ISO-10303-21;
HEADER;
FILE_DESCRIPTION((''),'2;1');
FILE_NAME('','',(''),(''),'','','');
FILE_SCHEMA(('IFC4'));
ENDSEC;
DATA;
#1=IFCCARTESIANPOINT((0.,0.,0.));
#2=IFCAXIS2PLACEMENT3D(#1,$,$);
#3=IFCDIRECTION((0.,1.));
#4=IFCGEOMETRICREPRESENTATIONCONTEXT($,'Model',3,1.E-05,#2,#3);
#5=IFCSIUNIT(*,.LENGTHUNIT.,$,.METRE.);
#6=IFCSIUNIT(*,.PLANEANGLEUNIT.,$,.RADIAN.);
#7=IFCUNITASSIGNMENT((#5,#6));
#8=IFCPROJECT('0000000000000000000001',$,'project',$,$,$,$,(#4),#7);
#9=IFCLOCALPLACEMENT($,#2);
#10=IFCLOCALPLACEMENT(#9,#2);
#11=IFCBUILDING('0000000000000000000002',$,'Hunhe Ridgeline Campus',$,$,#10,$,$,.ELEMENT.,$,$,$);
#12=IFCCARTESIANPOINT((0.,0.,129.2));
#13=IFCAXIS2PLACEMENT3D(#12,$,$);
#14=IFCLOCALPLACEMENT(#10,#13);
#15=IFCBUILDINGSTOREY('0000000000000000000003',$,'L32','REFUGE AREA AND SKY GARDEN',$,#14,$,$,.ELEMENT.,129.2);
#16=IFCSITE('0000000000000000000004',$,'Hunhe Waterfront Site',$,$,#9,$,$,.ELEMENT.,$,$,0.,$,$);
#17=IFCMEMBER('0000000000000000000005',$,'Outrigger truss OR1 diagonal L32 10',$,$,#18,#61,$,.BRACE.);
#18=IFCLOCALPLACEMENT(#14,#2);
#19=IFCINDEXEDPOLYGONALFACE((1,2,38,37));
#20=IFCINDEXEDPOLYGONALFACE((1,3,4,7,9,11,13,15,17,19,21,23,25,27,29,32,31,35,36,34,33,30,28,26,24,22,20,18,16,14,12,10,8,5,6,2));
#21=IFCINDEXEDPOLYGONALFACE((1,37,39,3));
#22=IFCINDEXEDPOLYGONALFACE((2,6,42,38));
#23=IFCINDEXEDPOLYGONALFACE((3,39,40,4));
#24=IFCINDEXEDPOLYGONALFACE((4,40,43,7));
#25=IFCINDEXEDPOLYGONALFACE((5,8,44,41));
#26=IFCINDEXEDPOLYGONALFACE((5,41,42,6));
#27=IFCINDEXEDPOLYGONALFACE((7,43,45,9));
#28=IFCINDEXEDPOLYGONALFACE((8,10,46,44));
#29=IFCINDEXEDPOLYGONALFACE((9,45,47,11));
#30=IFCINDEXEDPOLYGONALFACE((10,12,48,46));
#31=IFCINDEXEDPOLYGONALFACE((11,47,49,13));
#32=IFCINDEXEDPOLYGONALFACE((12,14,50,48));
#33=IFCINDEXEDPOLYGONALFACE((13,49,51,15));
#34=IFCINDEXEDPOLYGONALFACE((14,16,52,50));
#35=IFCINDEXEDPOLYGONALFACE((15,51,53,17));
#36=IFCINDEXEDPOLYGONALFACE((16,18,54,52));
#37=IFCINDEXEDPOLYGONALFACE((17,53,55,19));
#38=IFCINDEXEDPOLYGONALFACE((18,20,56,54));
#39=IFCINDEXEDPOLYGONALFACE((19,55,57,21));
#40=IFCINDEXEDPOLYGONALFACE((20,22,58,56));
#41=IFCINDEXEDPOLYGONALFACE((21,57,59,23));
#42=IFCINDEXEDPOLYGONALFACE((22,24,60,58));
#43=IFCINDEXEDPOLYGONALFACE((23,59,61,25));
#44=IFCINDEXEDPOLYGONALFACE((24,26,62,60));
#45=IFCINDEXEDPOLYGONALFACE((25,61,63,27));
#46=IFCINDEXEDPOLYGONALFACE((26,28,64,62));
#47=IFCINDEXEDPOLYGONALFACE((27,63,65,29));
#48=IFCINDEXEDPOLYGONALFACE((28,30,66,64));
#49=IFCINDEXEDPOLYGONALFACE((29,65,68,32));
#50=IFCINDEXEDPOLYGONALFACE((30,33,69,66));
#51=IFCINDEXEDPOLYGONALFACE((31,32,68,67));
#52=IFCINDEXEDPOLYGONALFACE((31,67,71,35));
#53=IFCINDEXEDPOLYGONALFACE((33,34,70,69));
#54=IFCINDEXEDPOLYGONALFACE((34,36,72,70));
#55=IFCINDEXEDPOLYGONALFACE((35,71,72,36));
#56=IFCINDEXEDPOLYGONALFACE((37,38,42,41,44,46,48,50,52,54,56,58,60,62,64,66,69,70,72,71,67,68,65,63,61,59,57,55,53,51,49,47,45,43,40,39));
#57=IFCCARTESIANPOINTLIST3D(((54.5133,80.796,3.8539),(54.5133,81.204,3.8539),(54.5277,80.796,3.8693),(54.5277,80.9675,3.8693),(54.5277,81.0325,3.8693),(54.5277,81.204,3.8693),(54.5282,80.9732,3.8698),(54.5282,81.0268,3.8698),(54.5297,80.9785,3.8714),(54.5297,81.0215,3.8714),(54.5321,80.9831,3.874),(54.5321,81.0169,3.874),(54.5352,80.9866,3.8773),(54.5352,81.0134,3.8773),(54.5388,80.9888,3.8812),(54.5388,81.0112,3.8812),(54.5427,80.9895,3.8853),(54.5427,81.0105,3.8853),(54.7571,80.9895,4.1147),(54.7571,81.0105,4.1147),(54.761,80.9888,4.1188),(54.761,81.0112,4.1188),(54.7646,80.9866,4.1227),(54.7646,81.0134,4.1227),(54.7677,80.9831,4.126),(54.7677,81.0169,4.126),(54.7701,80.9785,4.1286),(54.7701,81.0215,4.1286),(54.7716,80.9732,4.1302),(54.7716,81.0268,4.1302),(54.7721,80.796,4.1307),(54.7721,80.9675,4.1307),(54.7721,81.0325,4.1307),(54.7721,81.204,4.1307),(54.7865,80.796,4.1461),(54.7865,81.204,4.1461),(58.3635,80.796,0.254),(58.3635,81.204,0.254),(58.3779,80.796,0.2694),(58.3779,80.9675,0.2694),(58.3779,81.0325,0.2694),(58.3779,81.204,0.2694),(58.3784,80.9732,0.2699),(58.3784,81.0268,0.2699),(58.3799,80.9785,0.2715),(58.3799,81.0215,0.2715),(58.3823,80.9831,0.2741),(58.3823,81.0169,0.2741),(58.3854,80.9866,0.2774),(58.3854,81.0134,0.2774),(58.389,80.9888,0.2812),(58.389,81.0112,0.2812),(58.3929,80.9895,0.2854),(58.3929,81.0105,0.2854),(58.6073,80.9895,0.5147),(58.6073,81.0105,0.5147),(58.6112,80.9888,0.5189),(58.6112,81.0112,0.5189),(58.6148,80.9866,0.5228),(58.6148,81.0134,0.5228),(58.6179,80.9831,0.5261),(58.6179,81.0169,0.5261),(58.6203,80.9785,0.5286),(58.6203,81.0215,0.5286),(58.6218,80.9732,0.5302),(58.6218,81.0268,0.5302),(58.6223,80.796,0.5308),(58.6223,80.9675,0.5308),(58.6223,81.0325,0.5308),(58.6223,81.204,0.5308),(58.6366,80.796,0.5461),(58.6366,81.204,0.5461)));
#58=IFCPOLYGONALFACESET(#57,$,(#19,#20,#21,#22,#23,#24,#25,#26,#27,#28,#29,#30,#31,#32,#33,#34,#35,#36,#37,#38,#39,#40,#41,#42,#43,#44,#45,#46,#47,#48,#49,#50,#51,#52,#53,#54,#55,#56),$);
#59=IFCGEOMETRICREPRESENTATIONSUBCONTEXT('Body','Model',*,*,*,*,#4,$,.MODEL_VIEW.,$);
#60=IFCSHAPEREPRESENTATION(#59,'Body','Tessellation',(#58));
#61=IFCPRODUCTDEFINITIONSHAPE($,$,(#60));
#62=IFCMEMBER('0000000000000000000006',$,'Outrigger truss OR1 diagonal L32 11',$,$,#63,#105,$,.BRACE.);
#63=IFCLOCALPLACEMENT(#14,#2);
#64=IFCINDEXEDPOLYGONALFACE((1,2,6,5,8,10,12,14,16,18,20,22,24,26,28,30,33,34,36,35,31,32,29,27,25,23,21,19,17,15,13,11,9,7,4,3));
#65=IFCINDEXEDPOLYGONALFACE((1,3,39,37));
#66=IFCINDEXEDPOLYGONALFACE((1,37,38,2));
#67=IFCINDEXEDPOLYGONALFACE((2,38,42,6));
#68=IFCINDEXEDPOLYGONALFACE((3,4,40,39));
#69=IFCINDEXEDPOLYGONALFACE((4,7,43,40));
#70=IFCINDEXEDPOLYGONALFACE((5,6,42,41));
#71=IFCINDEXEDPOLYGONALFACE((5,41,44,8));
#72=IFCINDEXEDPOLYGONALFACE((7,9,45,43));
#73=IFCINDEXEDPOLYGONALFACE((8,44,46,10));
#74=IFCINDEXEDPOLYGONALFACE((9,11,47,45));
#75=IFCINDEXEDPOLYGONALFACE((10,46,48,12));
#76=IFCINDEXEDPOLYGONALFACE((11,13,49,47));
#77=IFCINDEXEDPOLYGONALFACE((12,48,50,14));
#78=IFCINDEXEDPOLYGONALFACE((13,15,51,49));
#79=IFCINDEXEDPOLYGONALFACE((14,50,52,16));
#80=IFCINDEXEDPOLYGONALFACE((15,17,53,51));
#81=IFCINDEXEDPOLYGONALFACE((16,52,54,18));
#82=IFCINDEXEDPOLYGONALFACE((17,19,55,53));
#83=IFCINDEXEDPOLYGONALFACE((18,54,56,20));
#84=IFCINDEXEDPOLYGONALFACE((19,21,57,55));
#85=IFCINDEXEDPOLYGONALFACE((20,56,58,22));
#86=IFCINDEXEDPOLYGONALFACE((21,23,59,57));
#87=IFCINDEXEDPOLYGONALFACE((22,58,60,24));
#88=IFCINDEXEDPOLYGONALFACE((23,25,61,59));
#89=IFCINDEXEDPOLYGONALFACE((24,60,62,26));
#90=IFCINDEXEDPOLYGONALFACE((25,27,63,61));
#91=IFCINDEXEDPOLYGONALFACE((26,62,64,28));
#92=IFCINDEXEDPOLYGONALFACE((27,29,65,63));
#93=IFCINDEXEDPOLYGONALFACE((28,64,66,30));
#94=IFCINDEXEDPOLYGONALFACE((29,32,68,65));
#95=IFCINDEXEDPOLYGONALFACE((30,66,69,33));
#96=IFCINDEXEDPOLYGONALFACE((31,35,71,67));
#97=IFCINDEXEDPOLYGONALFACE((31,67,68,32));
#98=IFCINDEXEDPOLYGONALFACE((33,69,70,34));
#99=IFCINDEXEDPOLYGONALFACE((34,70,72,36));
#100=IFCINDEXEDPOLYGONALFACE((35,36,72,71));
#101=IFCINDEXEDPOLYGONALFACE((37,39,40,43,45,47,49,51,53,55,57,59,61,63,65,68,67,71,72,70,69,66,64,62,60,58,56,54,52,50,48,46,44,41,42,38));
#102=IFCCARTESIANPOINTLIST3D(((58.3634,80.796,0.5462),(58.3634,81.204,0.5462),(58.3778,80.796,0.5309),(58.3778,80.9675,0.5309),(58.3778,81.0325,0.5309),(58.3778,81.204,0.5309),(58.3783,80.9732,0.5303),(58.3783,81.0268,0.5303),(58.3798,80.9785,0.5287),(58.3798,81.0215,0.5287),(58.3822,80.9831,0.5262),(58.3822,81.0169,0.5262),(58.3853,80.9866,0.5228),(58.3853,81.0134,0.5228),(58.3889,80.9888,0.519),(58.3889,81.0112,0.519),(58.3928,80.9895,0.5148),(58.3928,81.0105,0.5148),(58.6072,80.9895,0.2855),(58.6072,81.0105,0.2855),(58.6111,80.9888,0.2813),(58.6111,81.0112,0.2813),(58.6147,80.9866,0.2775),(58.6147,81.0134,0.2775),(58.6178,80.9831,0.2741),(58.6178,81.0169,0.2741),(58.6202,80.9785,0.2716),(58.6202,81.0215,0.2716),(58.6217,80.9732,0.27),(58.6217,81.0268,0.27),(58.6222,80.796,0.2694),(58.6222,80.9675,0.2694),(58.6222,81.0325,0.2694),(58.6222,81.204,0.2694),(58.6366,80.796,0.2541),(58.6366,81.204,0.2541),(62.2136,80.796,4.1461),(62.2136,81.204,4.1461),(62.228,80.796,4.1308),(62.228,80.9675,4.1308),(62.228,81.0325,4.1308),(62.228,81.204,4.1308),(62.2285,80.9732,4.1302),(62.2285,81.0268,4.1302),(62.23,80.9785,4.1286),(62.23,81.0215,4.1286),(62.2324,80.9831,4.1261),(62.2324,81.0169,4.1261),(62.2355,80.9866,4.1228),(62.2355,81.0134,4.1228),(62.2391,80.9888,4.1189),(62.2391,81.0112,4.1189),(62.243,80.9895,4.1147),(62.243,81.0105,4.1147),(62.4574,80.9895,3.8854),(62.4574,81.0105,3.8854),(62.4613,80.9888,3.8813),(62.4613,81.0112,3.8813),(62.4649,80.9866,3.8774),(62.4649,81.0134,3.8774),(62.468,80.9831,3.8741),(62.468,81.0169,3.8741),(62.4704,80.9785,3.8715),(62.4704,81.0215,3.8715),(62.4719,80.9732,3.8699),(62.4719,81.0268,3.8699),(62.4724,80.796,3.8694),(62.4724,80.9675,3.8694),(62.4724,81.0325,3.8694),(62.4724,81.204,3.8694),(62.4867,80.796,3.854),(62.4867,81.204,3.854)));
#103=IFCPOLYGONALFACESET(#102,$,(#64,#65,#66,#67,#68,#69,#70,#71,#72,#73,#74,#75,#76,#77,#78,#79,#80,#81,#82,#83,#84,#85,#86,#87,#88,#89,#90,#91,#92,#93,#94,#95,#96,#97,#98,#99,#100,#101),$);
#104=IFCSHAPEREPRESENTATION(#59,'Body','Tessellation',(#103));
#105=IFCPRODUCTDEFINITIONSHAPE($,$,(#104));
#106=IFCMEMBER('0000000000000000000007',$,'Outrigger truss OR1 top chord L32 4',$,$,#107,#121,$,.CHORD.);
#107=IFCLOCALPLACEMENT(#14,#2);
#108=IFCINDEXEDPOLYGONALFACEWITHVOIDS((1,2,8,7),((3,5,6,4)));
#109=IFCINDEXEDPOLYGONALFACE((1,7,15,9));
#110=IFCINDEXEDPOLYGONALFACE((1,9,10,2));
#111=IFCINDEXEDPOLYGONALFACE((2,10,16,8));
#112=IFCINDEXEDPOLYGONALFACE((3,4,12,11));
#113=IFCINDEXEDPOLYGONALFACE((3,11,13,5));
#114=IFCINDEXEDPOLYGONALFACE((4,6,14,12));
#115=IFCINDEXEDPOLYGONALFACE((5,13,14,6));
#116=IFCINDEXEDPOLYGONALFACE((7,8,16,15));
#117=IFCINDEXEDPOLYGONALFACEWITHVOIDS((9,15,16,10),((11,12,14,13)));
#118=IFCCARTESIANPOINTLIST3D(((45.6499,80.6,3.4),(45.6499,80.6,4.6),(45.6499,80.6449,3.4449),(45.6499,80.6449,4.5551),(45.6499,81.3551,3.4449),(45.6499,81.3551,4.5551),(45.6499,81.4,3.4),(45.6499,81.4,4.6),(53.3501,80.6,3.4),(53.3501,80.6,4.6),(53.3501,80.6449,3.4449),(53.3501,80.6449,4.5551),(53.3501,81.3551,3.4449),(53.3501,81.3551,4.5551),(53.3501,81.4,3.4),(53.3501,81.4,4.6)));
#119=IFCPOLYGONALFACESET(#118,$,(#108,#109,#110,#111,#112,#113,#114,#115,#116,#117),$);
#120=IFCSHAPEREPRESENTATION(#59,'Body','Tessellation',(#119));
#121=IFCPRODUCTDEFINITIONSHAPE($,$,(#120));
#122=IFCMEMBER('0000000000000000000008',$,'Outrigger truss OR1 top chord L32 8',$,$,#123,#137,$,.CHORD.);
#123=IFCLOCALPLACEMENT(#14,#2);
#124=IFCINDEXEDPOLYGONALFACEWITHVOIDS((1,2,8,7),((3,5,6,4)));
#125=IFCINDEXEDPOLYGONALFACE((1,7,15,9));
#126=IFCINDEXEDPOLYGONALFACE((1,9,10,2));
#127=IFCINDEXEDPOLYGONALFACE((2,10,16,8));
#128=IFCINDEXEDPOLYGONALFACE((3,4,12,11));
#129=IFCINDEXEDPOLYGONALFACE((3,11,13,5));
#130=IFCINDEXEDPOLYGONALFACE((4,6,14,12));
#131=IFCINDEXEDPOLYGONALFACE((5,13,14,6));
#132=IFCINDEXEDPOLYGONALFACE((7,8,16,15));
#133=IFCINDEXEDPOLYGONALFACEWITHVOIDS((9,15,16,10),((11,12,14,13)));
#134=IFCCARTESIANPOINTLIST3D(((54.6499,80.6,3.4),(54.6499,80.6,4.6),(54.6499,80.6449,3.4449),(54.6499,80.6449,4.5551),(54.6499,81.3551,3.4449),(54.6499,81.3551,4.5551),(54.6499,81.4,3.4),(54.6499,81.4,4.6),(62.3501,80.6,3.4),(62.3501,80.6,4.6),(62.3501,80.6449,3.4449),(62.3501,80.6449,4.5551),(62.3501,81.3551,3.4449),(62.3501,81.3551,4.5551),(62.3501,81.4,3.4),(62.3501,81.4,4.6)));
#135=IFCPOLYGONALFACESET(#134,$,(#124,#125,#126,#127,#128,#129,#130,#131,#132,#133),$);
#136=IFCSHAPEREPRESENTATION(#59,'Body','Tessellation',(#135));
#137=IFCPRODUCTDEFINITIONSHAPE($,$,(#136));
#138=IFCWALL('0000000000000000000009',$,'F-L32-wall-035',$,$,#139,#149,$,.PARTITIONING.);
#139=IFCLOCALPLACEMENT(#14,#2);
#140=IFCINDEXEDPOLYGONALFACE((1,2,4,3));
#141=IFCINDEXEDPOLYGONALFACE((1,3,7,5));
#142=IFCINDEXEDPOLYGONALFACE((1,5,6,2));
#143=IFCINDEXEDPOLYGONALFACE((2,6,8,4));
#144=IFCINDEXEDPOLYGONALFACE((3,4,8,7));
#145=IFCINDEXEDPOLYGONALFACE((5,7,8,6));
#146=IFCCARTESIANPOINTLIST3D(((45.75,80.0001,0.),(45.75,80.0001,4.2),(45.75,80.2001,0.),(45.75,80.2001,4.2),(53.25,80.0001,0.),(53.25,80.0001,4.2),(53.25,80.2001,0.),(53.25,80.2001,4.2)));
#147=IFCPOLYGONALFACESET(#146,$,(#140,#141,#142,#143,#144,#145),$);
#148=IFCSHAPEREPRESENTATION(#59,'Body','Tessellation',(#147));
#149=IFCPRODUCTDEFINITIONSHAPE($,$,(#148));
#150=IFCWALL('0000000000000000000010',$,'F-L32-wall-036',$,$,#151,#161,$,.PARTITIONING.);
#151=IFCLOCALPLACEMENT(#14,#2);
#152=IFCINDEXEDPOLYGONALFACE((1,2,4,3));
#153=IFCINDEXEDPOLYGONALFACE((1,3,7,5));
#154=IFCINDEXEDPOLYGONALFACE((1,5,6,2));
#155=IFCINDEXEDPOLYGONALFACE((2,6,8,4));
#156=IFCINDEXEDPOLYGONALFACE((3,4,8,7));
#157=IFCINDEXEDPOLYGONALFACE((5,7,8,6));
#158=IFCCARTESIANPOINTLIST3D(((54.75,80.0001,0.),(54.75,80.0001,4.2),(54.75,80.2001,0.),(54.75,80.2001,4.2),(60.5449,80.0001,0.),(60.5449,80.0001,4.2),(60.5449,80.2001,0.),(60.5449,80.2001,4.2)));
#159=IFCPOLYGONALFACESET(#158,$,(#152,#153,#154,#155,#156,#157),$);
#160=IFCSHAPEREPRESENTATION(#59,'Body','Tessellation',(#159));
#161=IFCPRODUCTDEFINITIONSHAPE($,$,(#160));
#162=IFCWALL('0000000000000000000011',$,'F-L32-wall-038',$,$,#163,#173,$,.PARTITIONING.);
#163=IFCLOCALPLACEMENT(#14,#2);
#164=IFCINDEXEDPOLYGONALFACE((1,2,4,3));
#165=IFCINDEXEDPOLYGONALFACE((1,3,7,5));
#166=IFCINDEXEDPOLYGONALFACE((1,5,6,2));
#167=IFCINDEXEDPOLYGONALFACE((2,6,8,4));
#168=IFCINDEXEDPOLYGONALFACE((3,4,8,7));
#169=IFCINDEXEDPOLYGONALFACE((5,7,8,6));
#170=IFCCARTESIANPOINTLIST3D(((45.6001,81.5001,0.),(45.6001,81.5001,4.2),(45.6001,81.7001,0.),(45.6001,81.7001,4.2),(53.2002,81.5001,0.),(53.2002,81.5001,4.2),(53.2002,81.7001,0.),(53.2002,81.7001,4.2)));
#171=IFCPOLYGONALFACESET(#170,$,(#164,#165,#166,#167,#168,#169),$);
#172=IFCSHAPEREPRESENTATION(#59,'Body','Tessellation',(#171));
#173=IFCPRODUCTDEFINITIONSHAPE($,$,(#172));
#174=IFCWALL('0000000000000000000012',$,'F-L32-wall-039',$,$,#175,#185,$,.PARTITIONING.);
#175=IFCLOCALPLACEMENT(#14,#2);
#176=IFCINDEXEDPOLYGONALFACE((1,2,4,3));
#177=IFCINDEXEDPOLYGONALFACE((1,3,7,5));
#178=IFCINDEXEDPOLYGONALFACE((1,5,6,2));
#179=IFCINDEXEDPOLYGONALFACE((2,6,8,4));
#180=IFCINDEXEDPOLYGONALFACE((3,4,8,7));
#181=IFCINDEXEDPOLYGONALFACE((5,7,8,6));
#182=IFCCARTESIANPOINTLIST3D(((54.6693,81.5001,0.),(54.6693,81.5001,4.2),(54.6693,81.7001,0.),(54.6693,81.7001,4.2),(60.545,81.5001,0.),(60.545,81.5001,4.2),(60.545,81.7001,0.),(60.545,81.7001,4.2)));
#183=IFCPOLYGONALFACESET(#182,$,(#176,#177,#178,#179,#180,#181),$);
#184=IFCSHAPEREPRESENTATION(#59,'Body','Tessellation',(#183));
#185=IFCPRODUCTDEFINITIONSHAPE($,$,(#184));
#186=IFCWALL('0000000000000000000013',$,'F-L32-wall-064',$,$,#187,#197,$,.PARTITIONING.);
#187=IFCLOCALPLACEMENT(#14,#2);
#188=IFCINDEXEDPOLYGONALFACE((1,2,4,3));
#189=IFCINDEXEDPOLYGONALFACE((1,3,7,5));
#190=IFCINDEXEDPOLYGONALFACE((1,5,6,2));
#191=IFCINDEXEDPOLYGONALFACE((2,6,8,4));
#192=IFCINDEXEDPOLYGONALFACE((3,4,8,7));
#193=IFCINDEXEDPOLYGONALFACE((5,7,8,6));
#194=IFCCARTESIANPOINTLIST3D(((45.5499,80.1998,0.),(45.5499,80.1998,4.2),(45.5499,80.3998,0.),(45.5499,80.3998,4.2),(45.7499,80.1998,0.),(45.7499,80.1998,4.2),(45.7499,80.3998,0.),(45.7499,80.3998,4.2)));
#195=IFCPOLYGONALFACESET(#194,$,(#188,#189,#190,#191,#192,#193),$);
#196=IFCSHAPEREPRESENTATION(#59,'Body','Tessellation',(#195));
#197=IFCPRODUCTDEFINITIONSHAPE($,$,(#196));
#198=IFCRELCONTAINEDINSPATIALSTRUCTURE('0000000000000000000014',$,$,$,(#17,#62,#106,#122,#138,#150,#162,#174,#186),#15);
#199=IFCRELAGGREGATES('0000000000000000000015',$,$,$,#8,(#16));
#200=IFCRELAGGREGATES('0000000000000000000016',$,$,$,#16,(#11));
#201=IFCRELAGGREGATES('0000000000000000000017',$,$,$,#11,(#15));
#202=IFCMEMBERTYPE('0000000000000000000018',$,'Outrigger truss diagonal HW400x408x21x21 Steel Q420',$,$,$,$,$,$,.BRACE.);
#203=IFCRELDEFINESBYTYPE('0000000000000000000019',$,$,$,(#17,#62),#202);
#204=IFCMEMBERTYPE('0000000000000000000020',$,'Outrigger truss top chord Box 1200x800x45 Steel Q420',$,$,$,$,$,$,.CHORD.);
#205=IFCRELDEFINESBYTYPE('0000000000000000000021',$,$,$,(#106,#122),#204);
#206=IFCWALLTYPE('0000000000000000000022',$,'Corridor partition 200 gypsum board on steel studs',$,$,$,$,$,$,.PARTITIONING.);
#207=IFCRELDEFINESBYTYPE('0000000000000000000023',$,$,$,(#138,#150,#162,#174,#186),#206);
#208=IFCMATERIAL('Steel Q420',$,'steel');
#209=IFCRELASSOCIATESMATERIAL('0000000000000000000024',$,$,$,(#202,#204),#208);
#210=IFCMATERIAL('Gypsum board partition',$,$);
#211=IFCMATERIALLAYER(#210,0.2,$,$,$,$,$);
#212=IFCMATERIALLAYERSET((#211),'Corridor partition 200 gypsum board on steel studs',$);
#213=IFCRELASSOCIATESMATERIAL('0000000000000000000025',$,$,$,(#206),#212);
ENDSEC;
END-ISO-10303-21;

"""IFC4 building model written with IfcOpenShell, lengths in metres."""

from ifc_helpers import new_model, si_unit, direction, frame, frame_2d, origin, origin_2d, place, context, subcontext, project, spatial, rectangle, hollow_rectangle, i_section, extrude, material, layer, layer_set, material_profile, profile_set, type_object, element, save


model = new_model("IFC4")

# Units and contexts
model_context = context("Model", 3, precision=1e-05, world=origin(), true_north=direction((0.0, 1.0)))
body_context = subcontext(model_context, "Body", "Model", "MODEL_VIEW")
ifc_project = project(units=[si_unit("LENGTHUNIT", "METRE"), si_unit("PLANEANGLEUNIT", "RADIAN")], contexts=[model_context])

# Site, building, storey
site_placement = place(None, origin())
site = spatial("IfcSite", under=ifc_project, at=site_placement, Name="Hunhe Waterfront Site", CompositionType="ELEMENT", RefElevation=0.0)
building_placement = place(site_placement, origin())
building = spatial("IfcBuilding", under=site, at=building_placement, Name="Hunhe Ridgeline Campus", CompositionType="ELEMENT")
storey_placement = place(building_placement, frame((0.0, 0.0, 129.2)))
storey = spatial("IfcBuildingStorey", under=building, at=storey_placement, Name="L32", Description="REFUGE AREA AND SKY GARDEN", CompositionType="ELEMENT", Elevation=129.2)

# Members
ifc_material_1 = material(Name="Steel Q420", Category="steel")
ifc_material_profile_1 = material_profile(ifc_material_1, i_section(OverallWidth=0.408, OverallDepth=0.3999, WebThickness=0.021, FlangeThickness=0.021, FilletRadius=0.022, at=origin_2d()))
ifc_profile_set_1 = profile_set([ifc_material_profile_1], Name="Steel Q420")
member_type_1 = type_object("IfcMemberType", Name="Outrigger truss diagonal HW400x408x21x21 Steel Q420", PredefinedType="BRACE", material=ifc_profile_set_1)
for number, where, z_axis, x_axis, name in (
    (1, (54.6499, 81.0, 4.0), (0.730447, 0.0, -0.68297), (0.0, 1.0, 0.0), "Outrigger truss OR1 diagonal L32 10"),
    (2, (58.5, 81.0, 0.4001), (0.730447, 0.0, 0.68297), (0.0, 1.0, 0.0), "Outrigger truss OR1 diagonal L32 11"),
):
    element("IfcMember", number, at=place(storey_placement, frame(where, z_axis=z_axis, x_axis=x_axis)), inside=storey, type_object=member_type_1, Name=name, PredefinedType="BRACE", context=body_context, shape_type="SweptSolid", body=[
        extrude(i_section(OverallWidth=0.408, OverallDepth=0.3999, WebThickness=0.021, FlangeThickness=0.021, FilletRadius=0.022, at=origin_2d()), origin(), (0.0, 0.0, 1.0), 5.271),
    ])
ifc_material_profile_2 = material_profile(ifc_material_1, hollow_rectangle(XDim=0.8, YDim=1.2, WallThickness=0.0449, at=origin_2d()))
ifc_profile_set_2 = profile_set([ifc_material_profile_2], Name="Steel Q420")
member_type_2 = type_object("IfcMemberType", Name="Outrigger truss top chord Box 1200x800x45 Steel Q420", PredefinedType="CHORD", material=ifc_profile_set_2)
for number, where, z_axis, x_axis, name in (
    (3, (45.6499, 81.0, 4.0), (1.0, 0.0, 0.0), (0.0, 1.0, 0.0), "Outrigger truss OR1 top chord L32 4"),
    (4, (54.6499, 81.0, 4.0), (1.0, 0.0, 0.0), (0.0, 1.0, 0.0), "Outrigger truss OR1 top chord L32 8"),
):
    element("IfcMember", number, at=place(storey_placement, frame(where, z_axis=z_axis, x_axis=x_axis)), inside=storey, type_object=member_type_2, Name=name, PredefinedType="CHORD", context=body_context, shape_type="SweptSolid", body=[
        extrude(hollow_rectangle(XDim=0.8, YDim=1.2, WallThickness=0.0449, at=origin_2d()), origin(), (0.0, 0.0, 1.0), 7.7002),
    ])

# Walls
ifc_material_2 = material(Name="Gypsum board partition")
ifc_layer_1 = layer(ifc_material_2, 0.2)
ifc_layer_set_1 = layer_set([ifc_layer_1], Name="Corridor partition 200 gypsum board on steel studs")
wall_type_1 = type_object("IfcWallType", Name="Corridor partition 200 gypsum board on steel studs", PredefinedType="PARTITIONING", material=ifc_layer_set_1)
wall_1_placement = place(storey_placement, frame((45.75, 80.1001, 0.0), z_axis=(0.0, 0.0, 1.0), x_axis=(1.0, 0.0, 0.0)))
element("IfcWall", 5, at=wall_1_placement, inside=storey, type_object=wall_type_1, Name="F-L32-wall-035", PredefinedType="PARTITIONING", context=body_context, shape_type="SweptSolid", body=[
    extrude(rectangle(XDim=7.5, YDim=0.2, at=frame_2d((3.75, 0.0))), origin(), (0.0, 0.0, 1.0), 4.2),
])
wall_2_placement = place(storey_placement, frame((54.75, 80.1001, 0.0), z_axis=(0.0, 0.0, 1.0), x_axis=(1.0, 0.0, 0.0)))
element("IfcWall", 6, at=wall_2_placement, inside=storey, type_object=wall_type_1, Name="F-L32-wall-036", PredefinedType="PARTITIONING", context=body_context, shape_type="SweptSolid", body=[
    extrude(rectangle(XDim=5.7949, YDim=0.2, at=frame_2d((2.8975, 0.0))), origin(), (0.0, 0.0, 1.0), 4.2),
])
wall_3_placement = place(storey_placement, frame((45.6001, 81.6001, 0.0), z_axis=(0.0, 0.0, 1.0), x_axis=(1.0, 0.0, 0.0)))
element("IfcWall", 7, at=wall_3_placement, inside=storey, type_object=wall_type_1, Name="F-L32-wall-038", PredefinedType="PARTITIONING", context=body_context, shape_type="SweptSolid", body=[
    extrude(rectangle(XDim=7.6001, YDim=0.2, at=frame_2d((3.8, 0.0))), origin(), (0.0, 0.0, 1.0), 4.2),
])
wall_4_placement = place(storey_placement, frame((54.6692, 81.6001, 0.0), z_axis=(0.0, 0.0, 1.0), x_axis=(1.0, 0.0, 0.0)))
element("IfcWall", 8, at=wall_4_placement, inside=storey, type_object=wall_type_1, Name="F-L32-wall-039", PredefinedType="PARTITIONING", context=body_context, shape_type="SweptSolid", body=[
    extrude(rectangle(XDim=5.8757, YDim=0.2, at=frame_2d((2.938, 0.0))), origin(), (0.0, 0.0, 1.0), 4.2),
])

# Wall
wall_5_placement = place(storey_placement, frame((45.6499, 80.3999, 0.0), z_axis=(0.0, 0.0, 1.0), x_axis=(0.0, -1.0, 0.0)))
element("IfcWall", 9, at=wall_5_placement, inside=storey, type_object=wall_type_1, Name="F-L32-wall-064", PredefinedType="PARTITIONING", context=body_context, shape_type="SweptSolid", body=[
    extrude(rectangle(XDim=0.2, YDim=0.2, at=frame_2d((0.1001, 0.0))), origin(), (0.0, 0.0, 1.0), 4.2),
])

save(model, "model.ifc")
